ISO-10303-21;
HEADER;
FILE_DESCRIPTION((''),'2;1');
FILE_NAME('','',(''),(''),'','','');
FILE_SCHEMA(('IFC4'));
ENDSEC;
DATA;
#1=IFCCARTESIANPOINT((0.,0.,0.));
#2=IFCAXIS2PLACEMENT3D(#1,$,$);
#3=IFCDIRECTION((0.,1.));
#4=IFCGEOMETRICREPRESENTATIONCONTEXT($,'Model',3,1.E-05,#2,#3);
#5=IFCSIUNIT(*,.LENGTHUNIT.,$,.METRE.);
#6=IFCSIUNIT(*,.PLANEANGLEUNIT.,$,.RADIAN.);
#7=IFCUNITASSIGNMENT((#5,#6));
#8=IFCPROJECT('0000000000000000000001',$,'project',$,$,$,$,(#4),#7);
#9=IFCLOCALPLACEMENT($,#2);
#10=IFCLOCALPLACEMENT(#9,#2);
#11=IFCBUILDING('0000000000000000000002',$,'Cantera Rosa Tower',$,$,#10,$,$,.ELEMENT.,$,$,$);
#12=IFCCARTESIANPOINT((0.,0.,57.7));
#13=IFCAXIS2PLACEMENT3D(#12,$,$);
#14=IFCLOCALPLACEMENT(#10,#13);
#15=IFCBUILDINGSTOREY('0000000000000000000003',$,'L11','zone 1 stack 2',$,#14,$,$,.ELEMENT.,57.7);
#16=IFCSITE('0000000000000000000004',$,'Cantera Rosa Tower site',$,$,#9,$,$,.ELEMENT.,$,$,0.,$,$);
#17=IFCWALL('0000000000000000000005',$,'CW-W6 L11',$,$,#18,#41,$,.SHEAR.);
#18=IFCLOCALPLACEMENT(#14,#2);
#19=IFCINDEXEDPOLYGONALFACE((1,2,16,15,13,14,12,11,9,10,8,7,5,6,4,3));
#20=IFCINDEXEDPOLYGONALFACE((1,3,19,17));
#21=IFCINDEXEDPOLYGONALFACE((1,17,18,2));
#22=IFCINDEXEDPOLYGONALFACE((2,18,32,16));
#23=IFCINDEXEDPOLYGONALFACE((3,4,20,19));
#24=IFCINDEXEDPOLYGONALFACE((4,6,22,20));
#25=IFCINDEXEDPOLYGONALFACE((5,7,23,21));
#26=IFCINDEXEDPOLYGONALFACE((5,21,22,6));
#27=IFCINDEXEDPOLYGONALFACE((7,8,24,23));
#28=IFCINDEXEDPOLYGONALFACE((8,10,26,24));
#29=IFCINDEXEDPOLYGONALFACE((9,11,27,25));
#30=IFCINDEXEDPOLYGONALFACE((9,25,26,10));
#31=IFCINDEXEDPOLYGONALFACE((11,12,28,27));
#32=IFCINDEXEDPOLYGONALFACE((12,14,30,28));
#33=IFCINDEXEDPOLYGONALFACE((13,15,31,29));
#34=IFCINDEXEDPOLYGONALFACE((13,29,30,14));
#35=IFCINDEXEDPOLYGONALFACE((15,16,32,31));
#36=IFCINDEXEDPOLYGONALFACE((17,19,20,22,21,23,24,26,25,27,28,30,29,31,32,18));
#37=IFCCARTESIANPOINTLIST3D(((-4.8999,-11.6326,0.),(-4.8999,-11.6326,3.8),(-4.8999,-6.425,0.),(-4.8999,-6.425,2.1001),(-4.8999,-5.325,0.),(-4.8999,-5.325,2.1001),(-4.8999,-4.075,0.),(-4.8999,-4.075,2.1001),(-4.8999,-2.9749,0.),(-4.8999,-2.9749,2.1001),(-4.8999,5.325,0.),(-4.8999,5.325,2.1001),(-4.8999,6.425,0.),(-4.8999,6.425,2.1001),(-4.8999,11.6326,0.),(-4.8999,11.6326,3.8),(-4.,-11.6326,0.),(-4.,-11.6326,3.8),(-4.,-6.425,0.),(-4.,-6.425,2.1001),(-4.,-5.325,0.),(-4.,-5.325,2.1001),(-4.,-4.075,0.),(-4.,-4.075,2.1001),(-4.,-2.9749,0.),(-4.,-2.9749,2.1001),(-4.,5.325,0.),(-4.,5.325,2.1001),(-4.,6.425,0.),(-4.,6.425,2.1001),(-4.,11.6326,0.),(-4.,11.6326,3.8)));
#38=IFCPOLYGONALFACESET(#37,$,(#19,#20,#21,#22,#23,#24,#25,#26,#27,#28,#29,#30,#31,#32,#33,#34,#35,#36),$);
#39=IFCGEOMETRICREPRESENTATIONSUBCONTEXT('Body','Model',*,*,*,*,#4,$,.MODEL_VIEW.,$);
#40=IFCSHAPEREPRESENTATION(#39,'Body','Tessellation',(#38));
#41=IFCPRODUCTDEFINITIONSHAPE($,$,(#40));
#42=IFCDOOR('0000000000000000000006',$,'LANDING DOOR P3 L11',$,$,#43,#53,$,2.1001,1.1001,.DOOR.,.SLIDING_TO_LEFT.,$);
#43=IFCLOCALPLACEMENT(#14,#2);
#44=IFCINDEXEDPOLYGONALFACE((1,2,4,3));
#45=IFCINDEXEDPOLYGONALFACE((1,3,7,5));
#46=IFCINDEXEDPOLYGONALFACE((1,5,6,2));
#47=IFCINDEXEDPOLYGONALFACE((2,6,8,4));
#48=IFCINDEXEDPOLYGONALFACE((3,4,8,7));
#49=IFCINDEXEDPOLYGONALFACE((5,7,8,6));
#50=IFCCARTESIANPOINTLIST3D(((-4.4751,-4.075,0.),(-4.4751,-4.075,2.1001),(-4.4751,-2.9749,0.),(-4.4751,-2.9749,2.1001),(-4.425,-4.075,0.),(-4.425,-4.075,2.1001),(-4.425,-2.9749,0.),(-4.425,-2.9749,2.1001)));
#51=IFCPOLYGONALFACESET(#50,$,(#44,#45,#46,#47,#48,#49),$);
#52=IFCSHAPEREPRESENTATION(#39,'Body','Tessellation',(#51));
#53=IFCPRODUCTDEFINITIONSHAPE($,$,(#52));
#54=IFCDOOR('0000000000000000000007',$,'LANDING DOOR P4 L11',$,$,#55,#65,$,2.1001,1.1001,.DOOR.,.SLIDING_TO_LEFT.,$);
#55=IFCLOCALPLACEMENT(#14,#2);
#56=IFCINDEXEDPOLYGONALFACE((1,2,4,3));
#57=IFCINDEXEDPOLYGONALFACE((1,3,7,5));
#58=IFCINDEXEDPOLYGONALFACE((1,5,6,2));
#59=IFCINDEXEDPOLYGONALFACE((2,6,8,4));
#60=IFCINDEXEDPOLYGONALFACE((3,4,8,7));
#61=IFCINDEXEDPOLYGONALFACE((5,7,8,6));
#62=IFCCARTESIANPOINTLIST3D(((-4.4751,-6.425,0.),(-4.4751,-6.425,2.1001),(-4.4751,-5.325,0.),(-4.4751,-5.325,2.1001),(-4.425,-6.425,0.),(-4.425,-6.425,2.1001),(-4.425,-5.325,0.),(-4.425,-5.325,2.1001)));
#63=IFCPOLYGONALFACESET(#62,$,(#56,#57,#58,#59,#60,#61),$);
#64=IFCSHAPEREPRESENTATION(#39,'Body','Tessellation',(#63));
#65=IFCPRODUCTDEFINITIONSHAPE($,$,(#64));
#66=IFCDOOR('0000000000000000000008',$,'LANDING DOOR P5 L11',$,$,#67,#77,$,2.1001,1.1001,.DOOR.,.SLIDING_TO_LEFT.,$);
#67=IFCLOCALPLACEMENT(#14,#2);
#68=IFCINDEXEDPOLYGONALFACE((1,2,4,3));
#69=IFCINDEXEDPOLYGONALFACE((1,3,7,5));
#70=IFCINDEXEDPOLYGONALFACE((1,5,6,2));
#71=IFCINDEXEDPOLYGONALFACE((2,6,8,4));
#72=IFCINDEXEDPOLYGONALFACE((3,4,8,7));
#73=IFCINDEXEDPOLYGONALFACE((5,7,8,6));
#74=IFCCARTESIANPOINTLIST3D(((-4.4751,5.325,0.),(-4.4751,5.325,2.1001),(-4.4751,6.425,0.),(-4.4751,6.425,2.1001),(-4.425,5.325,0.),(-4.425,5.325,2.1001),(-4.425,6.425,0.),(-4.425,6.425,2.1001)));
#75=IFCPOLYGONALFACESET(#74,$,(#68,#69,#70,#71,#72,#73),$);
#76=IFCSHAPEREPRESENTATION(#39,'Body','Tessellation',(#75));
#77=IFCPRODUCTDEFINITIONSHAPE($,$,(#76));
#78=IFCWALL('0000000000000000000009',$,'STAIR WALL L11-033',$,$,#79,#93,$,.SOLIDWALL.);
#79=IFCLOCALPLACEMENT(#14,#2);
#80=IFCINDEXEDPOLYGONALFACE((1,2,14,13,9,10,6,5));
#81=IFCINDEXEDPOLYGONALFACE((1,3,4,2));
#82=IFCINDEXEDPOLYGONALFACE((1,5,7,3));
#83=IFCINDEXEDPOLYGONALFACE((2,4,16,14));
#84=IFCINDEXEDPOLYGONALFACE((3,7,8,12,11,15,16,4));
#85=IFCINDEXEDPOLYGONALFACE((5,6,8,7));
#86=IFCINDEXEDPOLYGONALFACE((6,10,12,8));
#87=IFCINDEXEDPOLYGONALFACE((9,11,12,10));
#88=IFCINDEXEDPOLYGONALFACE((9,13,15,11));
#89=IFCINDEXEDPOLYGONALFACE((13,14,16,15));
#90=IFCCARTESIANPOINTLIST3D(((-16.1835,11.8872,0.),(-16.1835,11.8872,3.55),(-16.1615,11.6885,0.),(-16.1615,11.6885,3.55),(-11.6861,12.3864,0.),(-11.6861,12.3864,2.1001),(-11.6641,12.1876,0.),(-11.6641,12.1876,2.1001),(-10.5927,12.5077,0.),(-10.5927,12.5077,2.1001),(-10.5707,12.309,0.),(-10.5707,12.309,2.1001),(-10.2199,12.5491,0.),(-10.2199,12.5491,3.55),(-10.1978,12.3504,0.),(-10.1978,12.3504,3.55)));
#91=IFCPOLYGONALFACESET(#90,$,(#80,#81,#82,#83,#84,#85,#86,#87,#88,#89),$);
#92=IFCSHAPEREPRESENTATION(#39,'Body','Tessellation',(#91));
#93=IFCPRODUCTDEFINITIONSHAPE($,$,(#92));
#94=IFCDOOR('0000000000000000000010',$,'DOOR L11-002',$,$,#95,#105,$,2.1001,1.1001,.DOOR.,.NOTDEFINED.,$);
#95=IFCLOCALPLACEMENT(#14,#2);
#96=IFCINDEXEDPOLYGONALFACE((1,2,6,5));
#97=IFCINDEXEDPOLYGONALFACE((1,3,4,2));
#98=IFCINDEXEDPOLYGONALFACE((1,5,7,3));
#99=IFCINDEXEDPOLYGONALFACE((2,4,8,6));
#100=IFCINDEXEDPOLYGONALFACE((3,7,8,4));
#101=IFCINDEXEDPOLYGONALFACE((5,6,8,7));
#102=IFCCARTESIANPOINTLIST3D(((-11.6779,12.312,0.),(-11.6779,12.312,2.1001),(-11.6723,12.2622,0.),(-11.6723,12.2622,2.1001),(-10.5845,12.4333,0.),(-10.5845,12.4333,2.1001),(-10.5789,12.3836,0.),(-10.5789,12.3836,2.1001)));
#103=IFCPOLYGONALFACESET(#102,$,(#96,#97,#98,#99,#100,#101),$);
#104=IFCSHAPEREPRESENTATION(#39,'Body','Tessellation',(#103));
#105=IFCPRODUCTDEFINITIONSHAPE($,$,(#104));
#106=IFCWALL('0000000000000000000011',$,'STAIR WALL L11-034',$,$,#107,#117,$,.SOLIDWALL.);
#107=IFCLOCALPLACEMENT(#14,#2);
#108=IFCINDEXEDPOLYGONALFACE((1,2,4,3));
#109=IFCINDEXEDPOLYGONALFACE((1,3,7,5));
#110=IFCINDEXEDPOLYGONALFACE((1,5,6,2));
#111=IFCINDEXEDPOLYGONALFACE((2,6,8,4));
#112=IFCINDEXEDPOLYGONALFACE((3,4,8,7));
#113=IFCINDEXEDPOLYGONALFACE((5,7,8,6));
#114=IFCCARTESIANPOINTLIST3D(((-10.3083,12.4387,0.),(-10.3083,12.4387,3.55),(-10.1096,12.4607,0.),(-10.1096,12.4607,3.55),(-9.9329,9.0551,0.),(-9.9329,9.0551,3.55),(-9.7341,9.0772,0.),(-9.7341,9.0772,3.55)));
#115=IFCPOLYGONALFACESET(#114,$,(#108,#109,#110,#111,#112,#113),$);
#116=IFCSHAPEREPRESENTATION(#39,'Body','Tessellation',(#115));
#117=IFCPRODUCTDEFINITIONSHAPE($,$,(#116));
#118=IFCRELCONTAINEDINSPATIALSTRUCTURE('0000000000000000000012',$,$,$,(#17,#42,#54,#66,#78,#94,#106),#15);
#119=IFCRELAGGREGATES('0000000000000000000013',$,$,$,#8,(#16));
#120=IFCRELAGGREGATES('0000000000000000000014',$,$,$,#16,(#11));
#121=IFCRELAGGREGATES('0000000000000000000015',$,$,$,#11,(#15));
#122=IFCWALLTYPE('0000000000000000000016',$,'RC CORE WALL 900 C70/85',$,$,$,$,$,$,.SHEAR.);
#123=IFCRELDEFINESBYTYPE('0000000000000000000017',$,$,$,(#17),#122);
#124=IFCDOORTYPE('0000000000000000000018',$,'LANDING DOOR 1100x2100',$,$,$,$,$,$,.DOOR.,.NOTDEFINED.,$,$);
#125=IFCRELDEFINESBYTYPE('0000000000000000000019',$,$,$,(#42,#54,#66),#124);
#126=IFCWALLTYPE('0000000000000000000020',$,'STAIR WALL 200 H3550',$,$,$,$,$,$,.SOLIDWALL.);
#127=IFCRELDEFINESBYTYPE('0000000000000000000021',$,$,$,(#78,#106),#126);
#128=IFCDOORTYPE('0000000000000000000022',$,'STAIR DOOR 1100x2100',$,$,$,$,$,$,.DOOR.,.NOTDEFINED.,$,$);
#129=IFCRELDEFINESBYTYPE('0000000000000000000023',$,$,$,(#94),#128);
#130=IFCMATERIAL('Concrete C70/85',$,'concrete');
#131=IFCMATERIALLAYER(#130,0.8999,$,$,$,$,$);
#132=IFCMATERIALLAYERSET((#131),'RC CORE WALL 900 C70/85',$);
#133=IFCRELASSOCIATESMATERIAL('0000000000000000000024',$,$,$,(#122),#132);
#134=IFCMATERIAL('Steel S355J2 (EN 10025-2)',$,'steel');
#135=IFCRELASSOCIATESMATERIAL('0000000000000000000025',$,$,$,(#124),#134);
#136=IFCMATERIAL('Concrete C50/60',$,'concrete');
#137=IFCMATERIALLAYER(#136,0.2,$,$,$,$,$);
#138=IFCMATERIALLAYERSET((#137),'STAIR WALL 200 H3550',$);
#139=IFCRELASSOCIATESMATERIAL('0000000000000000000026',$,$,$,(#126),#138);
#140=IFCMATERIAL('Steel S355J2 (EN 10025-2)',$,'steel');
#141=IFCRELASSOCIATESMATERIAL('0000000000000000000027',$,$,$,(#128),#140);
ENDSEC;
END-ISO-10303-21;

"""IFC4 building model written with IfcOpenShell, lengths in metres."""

from ifc_helpers import new_model, si_unit, direction, frame, frame_2d, origin, place, context, subcontext, project, spatial, rectangle, extrude, material, layer, layer_set, type_object, element, fill, save


model = new_model("IFC4")

# Units and contexts
model_context = context("Model", 3, precision=1e-05, world=origin(), true_north=direction((0.0, 1.0)))
body_context = subcontext(model_context, "Body", "Model", "MODEL_VIEW")
ifc_project = project(units=[si_unit("LENGTHUNIT", "METRE"), si_unit("PLANEANGLEUNIT", "RADIAN")], contexts=[model_context])

# Site, building, storey
site_placement = place(None, origin())
site = spatial("IfcSite", under=ifc_project, at=site_placement, Name="Cantera Rosa Tower site", CompositionType="ELEMENT", RefElevation=0.0)
building_placement = place(site_placement, origin())
building = spatial("IfcBuilding", under=site, at=building_placement, Name="Cantera Rosa Tower", CompositionType="ELEMENT")
storey_placement = place(building_placement, frame((0.0, 0.0, 57.7)))
storey = spatial("IfcBuildingStorey", under=building, at=storey_placement, Name="L11", Description="zone 1 stack 2", CompositionType="ELEMENT", Elevation=57.7)

# Shared definitions
ifc_material_1 = material(Name="Concrete C70/85", Category="concrete")
ifc_layer_1 = layer(ifc_material_1, 0.8999)
ifc_layer_set_1 = layer_set([ifc_layer_1], Name="RC CORE WALL 900 C70/85")
wall_type_1 = type_object("IfcWallType", Name="RC CORE WALL 900 C70/85", PredefinedType="SHEAR", material=ifc_layer_set_1)

# Wall, openings, doors
wall_1_placement = place(storey_placement, frame((-4.45, 11.6326, 0.0), z_axis=(0.0, 0.0, 1.0), x_axis=(0.0, -1.0, 0.0)))
wall_1 = element("IfcWall", 1, at=wall_1_placement, inside=storey, type_object=wall_type_1, Name="CW-W6 L11", PredefinedType="SHEAR", context=body_context, shape_type="SweptSolid", body=[
    extrude(rectangle(XDim=23.2651, YDim=0.8999, at=frame_2d((11.6326, 0.0))), origin(), (0.0, 0.0, 1.0), 3.8),
])
opening_1_placement = place(wall_1_placement, frame((14.6074, 0.0, 0.0)))
opening_1 = element("IfcOpeningElement", 2, at=opening_1_placement, cuts=wall_1, PredefinedType="OPENING", context=body_context, shape_type="SweptSolid", body=[
    extrude(rectangle(XDim=1.1001, YDim=2.1001, at=frame_2d((0.55, 1.05))), frame((0.0, 0.46, 0.0), z_axis=(0.0, -1.0, 0.0), x_axis=(1.0, 0.0, 0.0)), (0.0, 0.0, 1.0), 0.9199),
])
opening_2_placement = place(wall_1_placement, frame((16.9575, 0.0, 0.0)))
opening_2 = element("IfcOpeningElement", 3, at=opening_2_placement, cuts=wall_1, PredefinedType="OPENING", context=body_context, shape_type="SweptSolid", body=[
    extrude(rectangle(XDim=1.1001, YDim=2.1001, at=frame_2d((0.55, 1.05))), frame((0.0, 0.46, 0.0), z_axis=(0.0, -1.0, 0.0), x_axis=(1.0, 0.0, 0.0)), (0.0, 0.0, 1.0), 0.9199),
])
opening_3_placement = place(wall_1_placement, frame((5.2075, 0.0, 0.0)))
opening_3 = element("IfcOpeningElement", 4, at=opening_3_placement, cuts=wall_1, PredefinedType="OPENING", context=body_context, shape_type="SweptSolid", body=[
    extrude(rectangle(XDim=1.1001, YDim=2.1001, at=frame_2d((0.55, 1.05))), frame((0.0, 0.46, 0.0), z_axis=(0.0, -1.0, 0.0), x_axis=(1.0, 0.0, 0.0)), (0.0, 0.0, 1.0), 0.9199),
])
ifc_material_2 = material(Name="Steel S355J2 (EN 10025-2)", Category="steel")
door_type_1 = type_object("IfcDoorType", Name="LANDING DOOR 1100x2100", OperationType="NOTDEFINED", PredefinedType="DOOR", material=ifc_material_2)
door_1_placement = place(opening_1_placement, origin())
door_1 = element("IfcDoor", 5, at=door_1_placement, inside=storey, type_object=door_type_1, Name="LANDING DOOR P3 L11", OperationType="SLIDING_TO_LEFT", OverallHeight=2.1001, OverallWidth=1.1001, PredefinedType="DOOR", context=body_context, shape_type="SweptSolid", body=[
    extrude(rectangle(XDim=1.1001, YDim=2.1001, at=frame_2d((0.55, 1.05))), frame((0.0, 0.0249, 0.0), z_axis=(0.0, -1.0, 0.0), x_axis=(1.0, 0.0, 0.0)), (0.0, 0.0, 1.0), 0.05),
])
fill(opening_1, door_1)
door_2_placement = place(opening_2_placement, origin())
door_2 = element("IfcDoor", 6, at=door_2_placement, inside=storey, type_object=door_type_1, Name="LANDING DOOR P4 L11", OperationType="SLIDING_TO_LEFT", OverallHeight=2.1001, OverallWidth=1.1001, PredefinedType="DOOR", context=body_context, shape_type="SweptSolid", body=[
    extrude(rectangle(XDim=1.1001, YDim=2.1001, at=frame_2d((0.55, 1.05))), frame((0.0, 0.0249, 0.0), z_axis=(0.0, -1.0, 0.0), x_axis=(1.0, 0.0, 0.0)), (0.0, 0.0, 1.0), 0.05),
])
fill(opening_2, door_2)
door_3_placement = place(opening_3_placement, origin())
door_3 = element("IfcDoor", 7, at=door_3_placement, inside=storey, type_object=door_type_1, Name="LANDING DOOR P5 L11", OperationType="SLIDING_TO_LEFT", OverallHeight=2.1001, OverallWidth=1.1001, PredefinedType="DOOR", context=body_context, shape_type="SweptSolid", body=[
    extrude(rectangle(XDim=1.1001, YDim=2.1001, at=frame_2d((0.55, 1.05))), frame((0.0, 0.0249, 0.0), z_axis=(0.0, -1.0, 0.0), x_axis=(1.0, 0.0, 0.0)), (0.0, 0.0, 1.0), 0.05),
])
fill(opening_3, door_3)

# Wall, opening, door
ifc_material_3 = material(Name="Concrete C50/60", Category="concrete")
ifc_layer_2 = layer(ifc_material_3, 0.2)
ifc_layer_set_2 = layer_set([ifc_layer_2], Name="STAIR WALL 200 H3550")
wall_type_2 = type_object("IfcWallType", Name="STAIR WALL 200 H3550", PredefinedType="SOLIDWALL", material=ifc_layer_set_2)
wall_2_placement = place(storey_placement, frame((-10.209, 12.4497, 0.0), z_axis=(0.0, 0.0, 1.0), x_axis=(-0.993898, -0.110306, 0.0)))
wall_2 = element("IfcWall", 8, at=wall_2_placement, inside=storey, type_object=wall_type_2, Name="STAIR WALL L11-033", PredefinedType="SOLIDWALL", context=body_context, shape_type="SweptSolid", body=[
    extrude(rectangle(XDim=6.0002, YDim=0.2, at=frame_2d((3.0, 0.0))), origin(), (0.0, 0.0, 1.0), 3.55),
])
opening_4_placement = place(wall_2_placement, frame((0.375, 0.0, 0.0)))
opening_4 = element("IfcOpeningElement", 9, at=opening_4_placement, cuts=wall_2, PredefinedType="OPENING", context=body_context, shape_type="SweptSolid", body=[
    extrude(rectangle(XDim=1.1001, YDim=2.1001, at=frame_2d((0.55, 1.05))), frame((0.0, 0.1099, 0.0), z_axis=(0.0, -1.0, 0.0), x_axis=(1.0, 0.0, 0.0)), (0.0, 0.0, 1.0), 0.22),
])
ifc_material_4 = material(Name="Steel S355J2 (EN 10025-2)", Category="steel")
door_type_2 = type_object("IfcDoorType", Name="STAIR DOOR 1100x2100", OperationType="NOTDEFINED", PredefinedType="DOOR", material=ifc_material_4)
door_4_placement = place(opening_4_placement, origin())
door_4 = element("IfcDoor", 10, at=door_4_placement, inside=storey, type_object=door_type_2, Name="DOOR L11-002", OperationType="NOTDEFINED", OverallHeight=2.1001, OverallWidth=1.1001, PredefinedType="DOOR", context=body_context, shape_type="SweptSolid", body=[
    extrude(rectangle(XDim=1.1001, YDim=2.1001, at=frame_2d((0.55, 1.05))), frame((0.0, 0.0249, 0.0), z_axis=(0.0, -1.0, 0.0), x_axis=(1.0, 0.0, 0.0)), (0.0, 0.0, 1.0), 0.05),
])
fill(opening_4, door_4)

# Wall
wall_3_placement = place(storey_placement, frame((-9.8335, 9.0662, 0.0), z_axis=(0.0, 0.0, 1.0), x_axis=(-0.110298, 0.993899, 0.0)))
element("IfcWall", 11, at=wall_3_placement, inside=storey, type_object=wall_type_2, Name="STAIR WALL L11-034", PredefinedType="SOLIDWALL", context=body_context, shape_type="SweptSolid", body=[
    extrude(rectangle(XDim=3.4043, YDim=0.2, at=frame_2d((1.7021, 0.0))), origin(), (0.0, 0.0, 1.0), 3.55),
])

save(model, "model.ifc")
